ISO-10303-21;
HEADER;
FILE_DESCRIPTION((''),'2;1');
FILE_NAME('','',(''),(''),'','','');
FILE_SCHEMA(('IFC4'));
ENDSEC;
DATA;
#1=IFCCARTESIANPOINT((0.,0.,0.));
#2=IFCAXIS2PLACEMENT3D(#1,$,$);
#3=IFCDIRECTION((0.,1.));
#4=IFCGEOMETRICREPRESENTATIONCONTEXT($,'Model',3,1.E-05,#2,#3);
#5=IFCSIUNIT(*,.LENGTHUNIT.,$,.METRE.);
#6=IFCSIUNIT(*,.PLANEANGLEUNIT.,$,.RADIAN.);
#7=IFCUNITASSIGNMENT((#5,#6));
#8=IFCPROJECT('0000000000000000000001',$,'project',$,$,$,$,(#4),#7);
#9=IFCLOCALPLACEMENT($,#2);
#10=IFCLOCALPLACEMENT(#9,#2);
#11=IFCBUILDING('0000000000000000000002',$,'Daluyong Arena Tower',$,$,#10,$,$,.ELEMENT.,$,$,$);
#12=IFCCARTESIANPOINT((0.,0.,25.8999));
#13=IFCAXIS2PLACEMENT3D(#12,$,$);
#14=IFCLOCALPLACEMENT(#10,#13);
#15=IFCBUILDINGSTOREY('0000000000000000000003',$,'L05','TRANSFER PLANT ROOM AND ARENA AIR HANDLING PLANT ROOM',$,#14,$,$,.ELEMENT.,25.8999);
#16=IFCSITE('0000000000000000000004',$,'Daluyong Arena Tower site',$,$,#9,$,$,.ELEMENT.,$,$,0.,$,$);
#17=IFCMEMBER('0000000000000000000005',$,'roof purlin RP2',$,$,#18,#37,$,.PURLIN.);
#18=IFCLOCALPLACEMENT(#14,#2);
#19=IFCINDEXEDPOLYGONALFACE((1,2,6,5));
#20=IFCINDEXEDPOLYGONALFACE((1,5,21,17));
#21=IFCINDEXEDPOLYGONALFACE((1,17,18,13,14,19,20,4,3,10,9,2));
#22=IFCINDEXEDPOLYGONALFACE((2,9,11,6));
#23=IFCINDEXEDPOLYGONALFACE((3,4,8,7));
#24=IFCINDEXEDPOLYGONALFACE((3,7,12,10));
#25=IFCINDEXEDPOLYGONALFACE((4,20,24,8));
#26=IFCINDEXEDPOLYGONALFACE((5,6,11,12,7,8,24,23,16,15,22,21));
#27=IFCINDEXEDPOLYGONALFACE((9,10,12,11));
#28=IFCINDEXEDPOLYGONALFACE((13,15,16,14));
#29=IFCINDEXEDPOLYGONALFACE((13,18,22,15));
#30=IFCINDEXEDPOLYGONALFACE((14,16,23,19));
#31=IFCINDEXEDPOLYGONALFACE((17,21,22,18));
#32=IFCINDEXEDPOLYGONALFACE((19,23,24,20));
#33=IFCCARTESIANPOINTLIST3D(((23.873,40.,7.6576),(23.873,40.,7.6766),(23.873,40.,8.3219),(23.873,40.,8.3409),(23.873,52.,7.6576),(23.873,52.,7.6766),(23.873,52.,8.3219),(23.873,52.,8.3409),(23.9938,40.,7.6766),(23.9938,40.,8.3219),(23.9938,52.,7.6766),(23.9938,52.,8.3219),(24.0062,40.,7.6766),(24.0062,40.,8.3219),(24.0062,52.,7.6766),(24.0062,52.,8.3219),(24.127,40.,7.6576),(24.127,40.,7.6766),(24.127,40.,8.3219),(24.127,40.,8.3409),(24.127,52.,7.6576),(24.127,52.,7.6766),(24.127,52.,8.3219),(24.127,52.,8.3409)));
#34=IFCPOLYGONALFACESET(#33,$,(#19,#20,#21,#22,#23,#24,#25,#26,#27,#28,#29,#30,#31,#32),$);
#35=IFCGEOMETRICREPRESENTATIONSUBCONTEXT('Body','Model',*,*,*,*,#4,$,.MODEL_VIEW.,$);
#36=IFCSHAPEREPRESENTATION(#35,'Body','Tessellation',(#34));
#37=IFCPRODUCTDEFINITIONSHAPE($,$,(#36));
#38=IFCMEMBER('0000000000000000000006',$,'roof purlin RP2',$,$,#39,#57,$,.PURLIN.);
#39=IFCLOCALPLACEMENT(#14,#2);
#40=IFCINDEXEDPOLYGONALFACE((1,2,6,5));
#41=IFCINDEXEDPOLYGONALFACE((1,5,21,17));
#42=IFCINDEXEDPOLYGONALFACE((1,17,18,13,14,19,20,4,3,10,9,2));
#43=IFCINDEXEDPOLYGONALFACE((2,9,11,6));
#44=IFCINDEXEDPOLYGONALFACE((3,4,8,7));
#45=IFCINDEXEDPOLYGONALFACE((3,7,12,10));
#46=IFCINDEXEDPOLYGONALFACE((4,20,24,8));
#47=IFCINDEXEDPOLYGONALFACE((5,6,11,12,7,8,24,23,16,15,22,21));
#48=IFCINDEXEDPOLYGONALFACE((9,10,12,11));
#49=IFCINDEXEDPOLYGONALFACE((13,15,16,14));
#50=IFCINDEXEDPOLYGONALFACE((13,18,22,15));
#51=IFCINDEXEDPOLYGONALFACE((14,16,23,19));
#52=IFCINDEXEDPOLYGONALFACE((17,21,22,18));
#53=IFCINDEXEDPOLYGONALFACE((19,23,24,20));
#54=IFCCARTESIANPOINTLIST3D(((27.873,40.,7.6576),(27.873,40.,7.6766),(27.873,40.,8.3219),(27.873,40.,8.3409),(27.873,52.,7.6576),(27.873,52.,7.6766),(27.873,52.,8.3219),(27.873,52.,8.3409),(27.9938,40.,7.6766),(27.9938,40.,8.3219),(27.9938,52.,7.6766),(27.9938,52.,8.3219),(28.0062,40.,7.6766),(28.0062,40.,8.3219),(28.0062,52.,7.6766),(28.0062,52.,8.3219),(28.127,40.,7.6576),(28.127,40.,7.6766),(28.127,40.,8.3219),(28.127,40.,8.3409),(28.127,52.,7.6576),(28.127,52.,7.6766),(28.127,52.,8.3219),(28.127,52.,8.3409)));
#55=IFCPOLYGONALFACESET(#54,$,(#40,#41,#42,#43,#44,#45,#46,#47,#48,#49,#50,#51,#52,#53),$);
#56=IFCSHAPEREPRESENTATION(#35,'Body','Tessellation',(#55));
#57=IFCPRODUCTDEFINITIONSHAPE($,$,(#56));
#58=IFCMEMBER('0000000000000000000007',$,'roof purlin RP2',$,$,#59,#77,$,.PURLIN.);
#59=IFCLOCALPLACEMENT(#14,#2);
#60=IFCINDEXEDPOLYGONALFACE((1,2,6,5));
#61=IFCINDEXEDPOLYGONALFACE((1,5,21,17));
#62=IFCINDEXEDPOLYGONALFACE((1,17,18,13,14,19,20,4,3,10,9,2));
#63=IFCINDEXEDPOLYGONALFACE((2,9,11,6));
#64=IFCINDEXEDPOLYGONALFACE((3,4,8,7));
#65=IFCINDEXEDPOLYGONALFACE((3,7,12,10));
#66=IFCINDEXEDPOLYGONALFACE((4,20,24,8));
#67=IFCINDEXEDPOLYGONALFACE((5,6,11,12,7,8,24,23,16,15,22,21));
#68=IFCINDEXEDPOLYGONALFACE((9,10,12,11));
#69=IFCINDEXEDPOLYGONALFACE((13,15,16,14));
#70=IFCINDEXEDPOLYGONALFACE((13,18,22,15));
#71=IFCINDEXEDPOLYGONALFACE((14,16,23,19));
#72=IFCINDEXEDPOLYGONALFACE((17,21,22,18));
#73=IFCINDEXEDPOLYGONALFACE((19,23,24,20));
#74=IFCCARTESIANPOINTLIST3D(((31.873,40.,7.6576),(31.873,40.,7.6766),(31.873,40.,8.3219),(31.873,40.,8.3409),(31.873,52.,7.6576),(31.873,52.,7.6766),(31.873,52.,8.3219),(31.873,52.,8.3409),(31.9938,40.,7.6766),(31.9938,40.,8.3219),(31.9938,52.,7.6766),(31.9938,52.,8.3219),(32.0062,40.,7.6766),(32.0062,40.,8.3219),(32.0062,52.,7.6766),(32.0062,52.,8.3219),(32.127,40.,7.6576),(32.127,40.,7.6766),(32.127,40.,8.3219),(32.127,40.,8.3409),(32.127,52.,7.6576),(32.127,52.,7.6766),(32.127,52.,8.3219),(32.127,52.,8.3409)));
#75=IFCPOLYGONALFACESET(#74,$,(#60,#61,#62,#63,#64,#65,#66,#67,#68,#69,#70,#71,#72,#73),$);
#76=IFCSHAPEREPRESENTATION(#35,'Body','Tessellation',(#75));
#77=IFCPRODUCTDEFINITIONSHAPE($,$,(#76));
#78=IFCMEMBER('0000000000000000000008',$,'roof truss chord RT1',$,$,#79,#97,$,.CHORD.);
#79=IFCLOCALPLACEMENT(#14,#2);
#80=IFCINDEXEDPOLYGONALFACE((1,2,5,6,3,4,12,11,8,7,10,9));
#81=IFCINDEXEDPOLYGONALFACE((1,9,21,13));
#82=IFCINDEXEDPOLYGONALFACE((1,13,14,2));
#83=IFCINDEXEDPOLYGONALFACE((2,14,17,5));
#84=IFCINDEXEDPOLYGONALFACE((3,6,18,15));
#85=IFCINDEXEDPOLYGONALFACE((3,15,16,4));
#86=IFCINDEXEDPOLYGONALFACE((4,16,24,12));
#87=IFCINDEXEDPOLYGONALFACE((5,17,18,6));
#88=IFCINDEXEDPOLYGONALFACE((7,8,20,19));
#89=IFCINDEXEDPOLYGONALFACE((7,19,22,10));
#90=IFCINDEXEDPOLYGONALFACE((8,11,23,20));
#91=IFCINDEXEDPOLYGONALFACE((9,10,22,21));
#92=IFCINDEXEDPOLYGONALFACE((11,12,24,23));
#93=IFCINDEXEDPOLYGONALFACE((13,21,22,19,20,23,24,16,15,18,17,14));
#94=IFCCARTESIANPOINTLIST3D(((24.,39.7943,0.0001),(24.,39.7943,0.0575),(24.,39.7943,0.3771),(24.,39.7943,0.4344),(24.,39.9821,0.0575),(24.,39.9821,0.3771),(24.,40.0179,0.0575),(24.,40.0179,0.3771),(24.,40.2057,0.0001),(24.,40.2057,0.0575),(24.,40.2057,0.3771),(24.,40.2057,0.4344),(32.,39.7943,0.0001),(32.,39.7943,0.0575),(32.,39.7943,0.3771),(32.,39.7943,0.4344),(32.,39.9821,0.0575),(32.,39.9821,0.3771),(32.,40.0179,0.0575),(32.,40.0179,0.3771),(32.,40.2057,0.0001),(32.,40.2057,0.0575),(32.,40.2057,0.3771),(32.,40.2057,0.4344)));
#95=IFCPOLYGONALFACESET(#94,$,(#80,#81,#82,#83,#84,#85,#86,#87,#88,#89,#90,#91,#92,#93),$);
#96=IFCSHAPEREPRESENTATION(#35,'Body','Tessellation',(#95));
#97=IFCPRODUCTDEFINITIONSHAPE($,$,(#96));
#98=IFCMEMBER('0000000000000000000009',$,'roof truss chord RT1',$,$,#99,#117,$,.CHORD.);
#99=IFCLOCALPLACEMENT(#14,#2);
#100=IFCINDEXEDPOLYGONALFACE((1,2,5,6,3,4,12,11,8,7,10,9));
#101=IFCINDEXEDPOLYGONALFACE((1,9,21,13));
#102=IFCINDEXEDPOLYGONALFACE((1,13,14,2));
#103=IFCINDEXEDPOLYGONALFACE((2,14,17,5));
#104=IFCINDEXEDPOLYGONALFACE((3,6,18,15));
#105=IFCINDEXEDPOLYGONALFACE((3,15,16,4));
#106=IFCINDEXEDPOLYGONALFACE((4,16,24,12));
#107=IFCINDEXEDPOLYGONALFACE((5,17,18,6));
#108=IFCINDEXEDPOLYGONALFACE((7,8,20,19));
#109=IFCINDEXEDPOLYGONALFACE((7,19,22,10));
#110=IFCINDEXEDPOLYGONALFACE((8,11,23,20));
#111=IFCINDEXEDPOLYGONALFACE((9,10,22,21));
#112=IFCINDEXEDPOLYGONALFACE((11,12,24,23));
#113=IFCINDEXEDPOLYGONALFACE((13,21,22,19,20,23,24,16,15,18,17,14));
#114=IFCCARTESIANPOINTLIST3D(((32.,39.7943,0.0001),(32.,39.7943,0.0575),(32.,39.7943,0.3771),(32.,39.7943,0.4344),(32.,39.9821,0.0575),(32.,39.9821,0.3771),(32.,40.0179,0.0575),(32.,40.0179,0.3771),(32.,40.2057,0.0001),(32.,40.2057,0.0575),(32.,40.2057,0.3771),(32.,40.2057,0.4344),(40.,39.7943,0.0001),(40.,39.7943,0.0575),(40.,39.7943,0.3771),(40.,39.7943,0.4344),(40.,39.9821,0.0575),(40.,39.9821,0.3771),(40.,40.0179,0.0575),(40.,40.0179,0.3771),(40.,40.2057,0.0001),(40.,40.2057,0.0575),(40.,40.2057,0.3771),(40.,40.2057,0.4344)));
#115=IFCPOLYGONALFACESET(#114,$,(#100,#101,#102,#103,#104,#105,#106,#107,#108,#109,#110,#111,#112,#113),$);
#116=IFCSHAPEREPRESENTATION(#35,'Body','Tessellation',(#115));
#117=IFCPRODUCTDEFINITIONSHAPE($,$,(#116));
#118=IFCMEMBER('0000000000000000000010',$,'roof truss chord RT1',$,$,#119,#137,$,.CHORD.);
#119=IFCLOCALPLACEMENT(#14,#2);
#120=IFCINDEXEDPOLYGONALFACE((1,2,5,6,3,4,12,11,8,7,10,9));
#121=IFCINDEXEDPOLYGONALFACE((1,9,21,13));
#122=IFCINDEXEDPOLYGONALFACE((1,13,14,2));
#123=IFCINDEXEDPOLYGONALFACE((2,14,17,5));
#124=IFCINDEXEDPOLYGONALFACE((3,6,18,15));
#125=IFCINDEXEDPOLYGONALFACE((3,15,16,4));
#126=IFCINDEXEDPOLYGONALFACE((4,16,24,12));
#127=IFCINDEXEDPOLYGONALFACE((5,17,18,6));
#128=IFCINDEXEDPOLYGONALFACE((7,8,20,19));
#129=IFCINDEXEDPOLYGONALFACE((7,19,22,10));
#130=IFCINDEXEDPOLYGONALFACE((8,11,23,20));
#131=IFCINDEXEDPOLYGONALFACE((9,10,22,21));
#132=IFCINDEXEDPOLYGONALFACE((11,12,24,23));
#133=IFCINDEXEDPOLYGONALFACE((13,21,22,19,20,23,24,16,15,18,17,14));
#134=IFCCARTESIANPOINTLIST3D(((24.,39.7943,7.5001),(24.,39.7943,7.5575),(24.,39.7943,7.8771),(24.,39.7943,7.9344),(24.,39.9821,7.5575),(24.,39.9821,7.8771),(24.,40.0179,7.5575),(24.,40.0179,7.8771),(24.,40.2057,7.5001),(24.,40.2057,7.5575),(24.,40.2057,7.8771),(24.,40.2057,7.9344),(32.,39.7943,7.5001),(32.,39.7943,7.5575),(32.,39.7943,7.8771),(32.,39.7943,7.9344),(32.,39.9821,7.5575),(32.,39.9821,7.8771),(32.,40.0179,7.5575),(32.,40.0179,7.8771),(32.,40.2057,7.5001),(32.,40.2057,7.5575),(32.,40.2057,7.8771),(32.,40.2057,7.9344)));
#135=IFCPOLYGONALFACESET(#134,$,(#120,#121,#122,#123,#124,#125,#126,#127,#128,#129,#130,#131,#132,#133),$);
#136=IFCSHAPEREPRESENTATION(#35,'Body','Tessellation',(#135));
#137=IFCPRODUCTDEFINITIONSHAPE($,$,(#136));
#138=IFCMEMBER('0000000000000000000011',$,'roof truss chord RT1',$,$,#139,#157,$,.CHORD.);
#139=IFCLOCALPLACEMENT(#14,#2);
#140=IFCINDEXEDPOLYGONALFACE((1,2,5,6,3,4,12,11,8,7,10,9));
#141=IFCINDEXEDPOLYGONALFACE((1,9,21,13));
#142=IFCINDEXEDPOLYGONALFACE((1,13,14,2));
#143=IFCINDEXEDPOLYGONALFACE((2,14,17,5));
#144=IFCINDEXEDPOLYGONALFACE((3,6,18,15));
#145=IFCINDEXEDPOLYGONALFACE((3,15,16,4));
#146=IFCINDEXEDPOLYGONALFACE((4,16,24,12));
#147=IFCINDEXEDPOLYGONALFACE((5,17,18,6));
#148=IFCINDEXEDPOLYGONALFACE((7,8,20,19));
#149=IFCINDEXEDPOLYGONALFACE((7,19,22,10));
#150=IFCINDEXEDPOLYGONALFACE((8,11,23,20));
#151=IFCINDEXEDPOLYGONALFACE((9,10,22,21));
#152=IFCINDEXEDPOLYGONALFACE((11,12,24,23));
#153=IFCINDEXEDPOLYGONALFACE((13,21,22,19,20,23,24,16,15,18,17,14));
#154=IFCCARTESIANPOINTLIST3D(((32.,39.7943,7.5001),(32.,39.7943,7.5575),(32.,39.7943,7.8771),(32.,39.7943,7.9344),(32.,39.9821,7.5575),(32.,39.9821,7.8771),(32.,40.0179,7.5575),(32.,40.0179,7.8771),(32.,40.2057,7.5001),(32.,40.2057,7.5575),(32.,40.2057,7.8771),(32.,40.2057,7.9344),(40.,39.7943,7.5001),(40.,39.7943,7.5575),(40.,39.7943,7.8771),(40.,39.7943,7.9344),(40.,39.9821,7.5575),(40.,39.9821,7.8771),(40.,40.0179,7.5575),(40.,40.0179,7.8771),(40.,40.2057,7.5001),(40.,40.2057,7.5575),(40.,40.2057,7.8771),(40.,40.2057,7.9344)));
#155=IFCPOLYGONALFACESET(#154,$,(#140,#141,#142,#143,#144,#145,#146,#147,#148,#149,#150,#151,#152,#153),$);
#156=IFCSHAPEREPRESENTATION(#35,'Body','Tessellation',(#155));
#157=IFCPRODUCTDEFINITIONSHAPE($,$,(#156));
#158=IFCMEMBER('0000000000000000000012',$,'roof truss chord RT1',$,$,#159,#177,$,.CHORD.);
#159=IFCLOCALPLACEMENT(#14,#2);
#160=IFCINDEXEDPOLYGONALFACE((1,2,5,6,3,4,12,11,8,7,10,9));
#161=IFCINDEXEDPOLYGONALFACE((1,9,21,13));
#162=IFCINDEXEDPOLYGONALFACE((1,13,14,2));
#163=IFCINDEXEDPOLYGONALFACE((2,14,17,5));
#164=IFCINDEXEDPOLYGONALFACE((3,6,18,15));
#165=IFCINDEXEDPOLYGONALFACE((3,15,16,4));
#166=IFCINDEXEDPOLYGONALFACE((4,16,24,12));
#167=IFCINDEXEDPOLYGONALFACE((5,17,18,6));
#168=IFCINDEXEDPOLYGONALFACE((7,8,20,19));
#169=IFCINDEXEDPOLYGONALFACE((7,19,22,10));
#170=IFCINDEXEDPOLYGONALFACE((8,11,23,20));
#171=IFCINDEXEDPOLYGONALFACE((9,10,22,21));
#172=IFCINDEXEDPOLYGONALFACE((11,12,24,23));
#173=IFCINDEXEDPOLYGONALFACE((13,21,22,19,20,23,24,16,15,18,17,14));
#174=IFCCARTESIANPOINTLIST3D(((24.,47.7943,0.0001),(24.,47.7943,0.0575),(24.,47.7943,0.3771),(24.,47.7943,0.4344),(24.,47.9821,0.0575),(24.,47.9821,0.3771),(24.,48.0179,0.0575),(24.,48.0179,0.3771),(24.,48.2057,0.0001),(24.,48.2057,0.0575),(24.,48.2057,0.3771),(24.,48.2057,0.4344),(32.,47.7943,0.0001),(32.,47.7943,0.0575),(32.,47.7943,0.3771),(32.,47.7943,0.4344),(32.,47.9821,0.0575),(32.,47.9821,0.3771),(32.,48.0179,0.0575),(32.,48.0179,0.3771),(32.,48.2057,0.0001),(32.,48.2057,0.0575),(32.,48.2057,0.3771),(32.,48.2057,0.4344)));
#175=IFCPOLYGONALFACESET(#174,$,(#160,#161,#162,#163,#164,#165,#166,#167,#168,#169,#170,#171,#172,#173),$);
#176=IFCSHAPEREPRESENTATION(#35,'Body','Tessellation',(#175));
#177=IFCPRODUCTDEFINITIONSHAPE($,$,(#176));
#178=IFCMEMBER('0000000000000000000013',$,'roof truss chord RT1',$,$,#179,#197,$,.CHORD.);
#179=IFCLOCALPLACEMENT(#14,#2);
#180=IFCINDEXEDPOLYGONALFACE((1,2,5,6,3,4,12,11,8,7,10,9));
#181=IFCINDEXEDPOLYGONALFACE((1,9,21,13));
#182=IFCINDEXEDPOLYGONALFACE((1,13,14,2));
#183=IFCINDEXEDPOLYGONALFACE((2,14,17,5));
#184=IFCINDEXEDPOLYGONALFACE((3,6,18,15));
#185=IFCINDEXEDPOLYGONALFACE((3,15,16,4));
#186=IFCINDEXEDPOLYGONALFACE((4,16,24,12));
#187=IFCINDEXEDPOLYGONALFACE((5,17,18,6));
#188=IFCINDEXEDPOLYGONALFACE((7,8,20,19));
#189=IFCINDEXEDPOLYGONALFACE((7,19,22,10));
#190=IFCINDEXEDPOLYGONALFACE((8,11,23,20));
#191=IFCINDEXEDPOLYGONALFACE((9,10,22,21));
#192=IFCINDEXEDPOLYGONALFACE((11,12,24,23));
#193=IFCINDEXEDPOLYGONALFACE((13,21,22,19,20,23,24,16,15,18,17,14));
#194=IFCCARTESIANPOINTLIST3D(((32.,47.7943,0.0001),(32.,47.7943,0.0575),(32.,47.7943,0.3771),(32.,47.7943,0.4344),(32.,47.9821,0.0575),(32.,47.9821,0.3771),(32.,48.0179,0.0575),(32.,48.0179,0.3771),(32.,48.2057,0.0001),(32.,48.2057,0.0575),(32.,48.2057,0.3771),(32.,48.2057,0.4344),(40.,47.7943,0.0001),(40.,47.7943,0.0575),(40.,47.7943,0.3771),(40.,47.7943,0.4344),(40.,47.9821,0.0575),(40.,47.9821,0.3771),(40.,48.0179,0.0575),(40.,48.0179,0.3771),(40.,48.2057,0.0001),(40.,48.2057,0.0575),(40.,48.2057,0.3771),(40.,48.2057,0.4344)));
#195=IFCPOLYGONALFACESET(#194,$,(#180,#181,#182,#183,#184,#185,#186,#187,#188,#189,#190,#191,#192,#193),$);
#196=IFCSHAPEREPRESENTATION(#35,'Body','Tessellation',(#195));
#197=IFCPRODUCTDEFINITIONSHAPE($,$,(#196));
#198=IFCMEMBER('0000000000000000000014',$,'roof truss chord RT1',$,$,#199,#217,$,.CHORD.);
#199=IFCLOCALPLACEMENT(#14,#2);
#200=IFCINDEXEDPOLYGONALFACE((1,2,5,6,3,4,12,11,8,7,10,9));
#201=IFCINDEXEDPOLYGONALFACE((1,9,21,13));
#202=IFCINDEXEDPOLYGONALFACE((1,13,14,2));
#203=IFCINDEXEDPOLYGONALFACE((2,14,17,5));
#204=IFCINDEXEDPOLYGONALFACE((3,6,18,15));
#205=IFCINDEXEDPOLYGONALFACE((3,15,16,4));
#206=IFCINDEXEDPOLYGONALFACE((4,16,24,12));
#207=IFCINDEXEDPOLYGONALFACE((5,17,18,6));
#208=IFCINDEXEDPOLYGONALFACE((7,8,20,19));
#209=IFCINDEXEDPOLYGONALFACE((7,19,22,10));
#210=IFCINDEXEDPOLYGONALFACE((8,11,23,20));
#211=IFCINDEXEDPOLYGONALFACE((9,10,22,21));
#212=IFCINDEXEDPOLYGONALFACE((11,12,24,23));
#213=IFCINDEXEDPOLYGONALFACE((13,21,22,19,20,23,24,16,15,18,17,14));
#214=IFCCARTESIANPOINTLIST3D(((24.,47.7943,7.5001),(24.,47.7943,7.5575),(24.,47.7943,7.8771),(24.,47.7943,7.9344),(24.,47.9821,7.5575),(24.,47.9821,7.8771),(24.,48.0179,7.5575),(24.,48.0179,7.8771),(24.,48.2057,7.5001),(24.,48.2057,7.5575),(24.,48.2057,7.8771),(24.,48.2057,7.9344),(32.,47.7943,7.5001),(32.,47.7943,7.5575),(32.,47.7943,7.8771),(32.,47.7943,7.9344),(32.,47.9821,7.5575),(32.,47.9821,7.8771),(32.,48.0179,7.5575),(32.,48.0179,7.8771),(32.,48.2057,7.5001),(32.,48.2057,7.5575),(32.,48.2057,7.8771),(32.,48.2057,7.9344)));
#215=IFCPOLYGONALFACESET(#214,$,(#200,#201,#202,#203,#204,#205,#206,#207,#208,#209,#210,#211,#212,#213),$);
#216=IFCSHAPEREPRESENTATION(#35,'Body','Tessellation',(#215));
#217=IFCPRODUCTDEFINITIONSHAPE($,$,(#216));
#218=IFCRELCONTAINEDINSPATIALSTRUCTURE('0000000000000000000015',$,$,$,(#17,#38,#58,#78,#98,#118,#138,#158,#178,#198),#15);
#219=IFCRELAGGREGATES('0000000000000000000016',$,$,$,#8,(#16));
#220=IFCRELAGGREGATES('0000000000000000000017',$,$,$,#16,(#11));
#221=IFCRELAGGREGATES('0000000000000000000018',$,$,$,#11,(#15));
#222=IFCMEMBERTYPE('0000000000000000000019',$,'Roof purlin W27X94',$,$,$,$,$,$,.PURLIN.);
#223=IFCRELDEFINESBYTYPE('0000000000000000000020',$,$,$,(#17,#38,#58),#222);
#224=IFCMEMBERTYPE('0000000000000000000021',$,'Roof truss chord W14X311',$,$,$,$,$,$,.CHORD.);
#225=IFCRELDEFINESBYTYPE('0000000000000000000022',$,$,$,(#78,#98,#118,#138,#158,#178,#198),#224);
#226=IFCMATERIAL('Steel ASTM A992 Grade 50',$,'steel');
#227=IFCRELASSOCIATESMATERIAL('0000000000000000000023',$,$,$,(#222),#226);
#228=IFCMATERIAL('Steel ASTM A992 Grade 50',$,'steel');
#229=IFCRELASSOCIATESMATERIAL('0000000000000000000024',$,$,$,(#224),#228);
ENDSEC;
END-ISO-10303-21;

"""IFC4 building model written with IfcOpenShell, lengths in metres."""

from ifc_helpers import new_model, si_unit, direction, frame, origin, origin_2d, place, context, subcontext, project, spatial, i_section, extrude, material, material_profile, profile_set, type_object, element, save


model = new_model("IFC4")

# Units and contexts
model_context = context("Model", 3, precision=1e-05, world=origin(), true_north=direction((0.0, 1.0)))
body_context = subcontext(model_context, "Body", "Model", "MODEL_VIEW")
ifc_project = project(units=[si_unit("LENGTHUNIT", "METRE"), si_unit("PLANEANGLEUNIT", "RADIAN")], contexts=[model_context])

# Site, building, storey
site_placement = place(None, origin())
site = spatial("IfcSite", under=ifc_project, at=site_placement, Name="Daluyong Arena Tower site", CompositionType="ELEMENT", RefElevation=0.0)
building_placement = place(site_placement, origin())
building = spatial("IfcBuilding", under=site, at=building_placement, Name="Daluyong Arena Tower", CompositionType="ELEMENT")
storey_placement = place(building_placement, frame((0.0, 0.0, 25.8999)))
storey = spatial("IfcBuildingStorey", under=building, at=storey_placement, Name="L05", Description="TRANSFER PLANT ROOM AND ARENA AIR HANDLING PLANT ROOM", CompositionType="ELEMENT", Elevation=25.8999)

# Members
ifc_material_1 = material(Name="Steel ASTM A992 Grade 50", Category="steel")
ifc_material_profile_1 = material_profile(ifc_material_1, i_section(OverallWidth=0.2539, OverallDepth=0.6833, WebThickness=0.0125, FlangeThickness=0.019, at=origin_2d()))
ifc_profile_set_1 = profile_set([ifc_material_profile_1], Name="Steel ASTM A992 Grade 50")
member_type_1 = type_object("IfcMemberType", Name="Roof purlin W27X94", PredefinedType="PURLIN", material=ifc_profile_set_1)
for number, where, z_axis, x_axis, name in (
    (1, (24.0, 40.0, 7.9993), (0.0, 1.0, 0.0), (-1.0, 0.0, 0.0), "roof purlin RP2"),
    (2, (28.0, 40.0, 7.9993), (0.0, 1.0, 0.0), (-1.0, 0.0, 0.0), "roof purlin RP2"),
    (3, (32.0, 40.0, 7.9993), (0.0, 1.0, 0.0), (-1.0, 0.0, 0.0), "roof purlin RP2"),
):
    element("IfcMember", number, at=place(storey_placement, frame(where, z_axis=z_axis, x_axis=x_axis)), inside=storey, type_object=member_type_1, Name=name, PredefinedType="PURLIN", context=body_context, shape_type="SweptSolid", body=[
        extrude(i_section(OverallWidth=0.2539, OverallDepth=0.6833, WebThickness=0.0125, FlangeThickness=0.019, at=origin_2d()), origin(), (0.0, 0.0, 1.0), 12.0),
    ])
ifc_material_2 = material(Name="Steel ASTM A992 Grade 50", Category="steel")
ifc_material_profile_2 = material_profile(ifc_material_2, i_section(OverallWidth=0.4114, OverallDepth=0.4343, WebThickness=0.0359, FlangeThickness=0.0574, at=origin_2d()))
ifc_profile_set_2 = profile_set([ifc_material_profile_2], Name="Steel ASTM A992 Grade 50")
member_type_2 = type_object("IfcMemberType", Name="Roof truss chord W14X311", PredefinedType="CHORD", material=ifc_profile_set_2)
for number, where, z_axis, x_axis, name in (
    (4, (24.0, 40.0, 0.2173), (1.0, 0.0, 0.0), (0.0, 1.0, 0.0), "roof truss chord RT1"),
    (5, (32.0, 40.0, 0.2173), (1.0, 0.0, 0.0), (0.0, 1.0, 0.0), "roof truss chord RT1"),
    (6, (24.0, 40.0, 7.7173), (1.0, 0.0, 0.0), (0.0, 1.0, 0.0), "roof truss chord RT1"),
    (7, (32.0, 40.0, 7.7173), (1.0, 0.0, 0.0), (0.0, 1.0, 0.0), "roof truss chord RT1"),
    (8, (24.0, 48.0, 0.2173), (1.0, 0.0, 0.0), (0.0, 1.0, 0.0), "roof truss chord RT1"),
    (9, (32.0, 48.0, 0.2173), (1.0, 0.0, 0.0), (0.0, 1.0, 0.0), "roof truss chord RT1"),
    (10, (24.0, 48.0, 7.7173), (1.0, 0.0, 0.0), (0.0, 1.0, 0.0), "roof truss chord RT1"),
):
    element("IfcMember", number, at=place(storey_placement, frame(where, z_axis=z_axis, x_axis=x_axis)), inside=storey, type_object=member_type_2, Name=name, PredefinedType="CHORD", context=body_context, shape_type="SweptSolid", body=[
        extrude(i_section(OverallWidth=0.4114, OverallDepth=0.4343, WebThickness=0.0359, FlangeThickness=0.0574, at=origin_2d()), origin(), (0.0, 0.0, 1.0), 8.0),
    ])

save(model, "model.ifc")
